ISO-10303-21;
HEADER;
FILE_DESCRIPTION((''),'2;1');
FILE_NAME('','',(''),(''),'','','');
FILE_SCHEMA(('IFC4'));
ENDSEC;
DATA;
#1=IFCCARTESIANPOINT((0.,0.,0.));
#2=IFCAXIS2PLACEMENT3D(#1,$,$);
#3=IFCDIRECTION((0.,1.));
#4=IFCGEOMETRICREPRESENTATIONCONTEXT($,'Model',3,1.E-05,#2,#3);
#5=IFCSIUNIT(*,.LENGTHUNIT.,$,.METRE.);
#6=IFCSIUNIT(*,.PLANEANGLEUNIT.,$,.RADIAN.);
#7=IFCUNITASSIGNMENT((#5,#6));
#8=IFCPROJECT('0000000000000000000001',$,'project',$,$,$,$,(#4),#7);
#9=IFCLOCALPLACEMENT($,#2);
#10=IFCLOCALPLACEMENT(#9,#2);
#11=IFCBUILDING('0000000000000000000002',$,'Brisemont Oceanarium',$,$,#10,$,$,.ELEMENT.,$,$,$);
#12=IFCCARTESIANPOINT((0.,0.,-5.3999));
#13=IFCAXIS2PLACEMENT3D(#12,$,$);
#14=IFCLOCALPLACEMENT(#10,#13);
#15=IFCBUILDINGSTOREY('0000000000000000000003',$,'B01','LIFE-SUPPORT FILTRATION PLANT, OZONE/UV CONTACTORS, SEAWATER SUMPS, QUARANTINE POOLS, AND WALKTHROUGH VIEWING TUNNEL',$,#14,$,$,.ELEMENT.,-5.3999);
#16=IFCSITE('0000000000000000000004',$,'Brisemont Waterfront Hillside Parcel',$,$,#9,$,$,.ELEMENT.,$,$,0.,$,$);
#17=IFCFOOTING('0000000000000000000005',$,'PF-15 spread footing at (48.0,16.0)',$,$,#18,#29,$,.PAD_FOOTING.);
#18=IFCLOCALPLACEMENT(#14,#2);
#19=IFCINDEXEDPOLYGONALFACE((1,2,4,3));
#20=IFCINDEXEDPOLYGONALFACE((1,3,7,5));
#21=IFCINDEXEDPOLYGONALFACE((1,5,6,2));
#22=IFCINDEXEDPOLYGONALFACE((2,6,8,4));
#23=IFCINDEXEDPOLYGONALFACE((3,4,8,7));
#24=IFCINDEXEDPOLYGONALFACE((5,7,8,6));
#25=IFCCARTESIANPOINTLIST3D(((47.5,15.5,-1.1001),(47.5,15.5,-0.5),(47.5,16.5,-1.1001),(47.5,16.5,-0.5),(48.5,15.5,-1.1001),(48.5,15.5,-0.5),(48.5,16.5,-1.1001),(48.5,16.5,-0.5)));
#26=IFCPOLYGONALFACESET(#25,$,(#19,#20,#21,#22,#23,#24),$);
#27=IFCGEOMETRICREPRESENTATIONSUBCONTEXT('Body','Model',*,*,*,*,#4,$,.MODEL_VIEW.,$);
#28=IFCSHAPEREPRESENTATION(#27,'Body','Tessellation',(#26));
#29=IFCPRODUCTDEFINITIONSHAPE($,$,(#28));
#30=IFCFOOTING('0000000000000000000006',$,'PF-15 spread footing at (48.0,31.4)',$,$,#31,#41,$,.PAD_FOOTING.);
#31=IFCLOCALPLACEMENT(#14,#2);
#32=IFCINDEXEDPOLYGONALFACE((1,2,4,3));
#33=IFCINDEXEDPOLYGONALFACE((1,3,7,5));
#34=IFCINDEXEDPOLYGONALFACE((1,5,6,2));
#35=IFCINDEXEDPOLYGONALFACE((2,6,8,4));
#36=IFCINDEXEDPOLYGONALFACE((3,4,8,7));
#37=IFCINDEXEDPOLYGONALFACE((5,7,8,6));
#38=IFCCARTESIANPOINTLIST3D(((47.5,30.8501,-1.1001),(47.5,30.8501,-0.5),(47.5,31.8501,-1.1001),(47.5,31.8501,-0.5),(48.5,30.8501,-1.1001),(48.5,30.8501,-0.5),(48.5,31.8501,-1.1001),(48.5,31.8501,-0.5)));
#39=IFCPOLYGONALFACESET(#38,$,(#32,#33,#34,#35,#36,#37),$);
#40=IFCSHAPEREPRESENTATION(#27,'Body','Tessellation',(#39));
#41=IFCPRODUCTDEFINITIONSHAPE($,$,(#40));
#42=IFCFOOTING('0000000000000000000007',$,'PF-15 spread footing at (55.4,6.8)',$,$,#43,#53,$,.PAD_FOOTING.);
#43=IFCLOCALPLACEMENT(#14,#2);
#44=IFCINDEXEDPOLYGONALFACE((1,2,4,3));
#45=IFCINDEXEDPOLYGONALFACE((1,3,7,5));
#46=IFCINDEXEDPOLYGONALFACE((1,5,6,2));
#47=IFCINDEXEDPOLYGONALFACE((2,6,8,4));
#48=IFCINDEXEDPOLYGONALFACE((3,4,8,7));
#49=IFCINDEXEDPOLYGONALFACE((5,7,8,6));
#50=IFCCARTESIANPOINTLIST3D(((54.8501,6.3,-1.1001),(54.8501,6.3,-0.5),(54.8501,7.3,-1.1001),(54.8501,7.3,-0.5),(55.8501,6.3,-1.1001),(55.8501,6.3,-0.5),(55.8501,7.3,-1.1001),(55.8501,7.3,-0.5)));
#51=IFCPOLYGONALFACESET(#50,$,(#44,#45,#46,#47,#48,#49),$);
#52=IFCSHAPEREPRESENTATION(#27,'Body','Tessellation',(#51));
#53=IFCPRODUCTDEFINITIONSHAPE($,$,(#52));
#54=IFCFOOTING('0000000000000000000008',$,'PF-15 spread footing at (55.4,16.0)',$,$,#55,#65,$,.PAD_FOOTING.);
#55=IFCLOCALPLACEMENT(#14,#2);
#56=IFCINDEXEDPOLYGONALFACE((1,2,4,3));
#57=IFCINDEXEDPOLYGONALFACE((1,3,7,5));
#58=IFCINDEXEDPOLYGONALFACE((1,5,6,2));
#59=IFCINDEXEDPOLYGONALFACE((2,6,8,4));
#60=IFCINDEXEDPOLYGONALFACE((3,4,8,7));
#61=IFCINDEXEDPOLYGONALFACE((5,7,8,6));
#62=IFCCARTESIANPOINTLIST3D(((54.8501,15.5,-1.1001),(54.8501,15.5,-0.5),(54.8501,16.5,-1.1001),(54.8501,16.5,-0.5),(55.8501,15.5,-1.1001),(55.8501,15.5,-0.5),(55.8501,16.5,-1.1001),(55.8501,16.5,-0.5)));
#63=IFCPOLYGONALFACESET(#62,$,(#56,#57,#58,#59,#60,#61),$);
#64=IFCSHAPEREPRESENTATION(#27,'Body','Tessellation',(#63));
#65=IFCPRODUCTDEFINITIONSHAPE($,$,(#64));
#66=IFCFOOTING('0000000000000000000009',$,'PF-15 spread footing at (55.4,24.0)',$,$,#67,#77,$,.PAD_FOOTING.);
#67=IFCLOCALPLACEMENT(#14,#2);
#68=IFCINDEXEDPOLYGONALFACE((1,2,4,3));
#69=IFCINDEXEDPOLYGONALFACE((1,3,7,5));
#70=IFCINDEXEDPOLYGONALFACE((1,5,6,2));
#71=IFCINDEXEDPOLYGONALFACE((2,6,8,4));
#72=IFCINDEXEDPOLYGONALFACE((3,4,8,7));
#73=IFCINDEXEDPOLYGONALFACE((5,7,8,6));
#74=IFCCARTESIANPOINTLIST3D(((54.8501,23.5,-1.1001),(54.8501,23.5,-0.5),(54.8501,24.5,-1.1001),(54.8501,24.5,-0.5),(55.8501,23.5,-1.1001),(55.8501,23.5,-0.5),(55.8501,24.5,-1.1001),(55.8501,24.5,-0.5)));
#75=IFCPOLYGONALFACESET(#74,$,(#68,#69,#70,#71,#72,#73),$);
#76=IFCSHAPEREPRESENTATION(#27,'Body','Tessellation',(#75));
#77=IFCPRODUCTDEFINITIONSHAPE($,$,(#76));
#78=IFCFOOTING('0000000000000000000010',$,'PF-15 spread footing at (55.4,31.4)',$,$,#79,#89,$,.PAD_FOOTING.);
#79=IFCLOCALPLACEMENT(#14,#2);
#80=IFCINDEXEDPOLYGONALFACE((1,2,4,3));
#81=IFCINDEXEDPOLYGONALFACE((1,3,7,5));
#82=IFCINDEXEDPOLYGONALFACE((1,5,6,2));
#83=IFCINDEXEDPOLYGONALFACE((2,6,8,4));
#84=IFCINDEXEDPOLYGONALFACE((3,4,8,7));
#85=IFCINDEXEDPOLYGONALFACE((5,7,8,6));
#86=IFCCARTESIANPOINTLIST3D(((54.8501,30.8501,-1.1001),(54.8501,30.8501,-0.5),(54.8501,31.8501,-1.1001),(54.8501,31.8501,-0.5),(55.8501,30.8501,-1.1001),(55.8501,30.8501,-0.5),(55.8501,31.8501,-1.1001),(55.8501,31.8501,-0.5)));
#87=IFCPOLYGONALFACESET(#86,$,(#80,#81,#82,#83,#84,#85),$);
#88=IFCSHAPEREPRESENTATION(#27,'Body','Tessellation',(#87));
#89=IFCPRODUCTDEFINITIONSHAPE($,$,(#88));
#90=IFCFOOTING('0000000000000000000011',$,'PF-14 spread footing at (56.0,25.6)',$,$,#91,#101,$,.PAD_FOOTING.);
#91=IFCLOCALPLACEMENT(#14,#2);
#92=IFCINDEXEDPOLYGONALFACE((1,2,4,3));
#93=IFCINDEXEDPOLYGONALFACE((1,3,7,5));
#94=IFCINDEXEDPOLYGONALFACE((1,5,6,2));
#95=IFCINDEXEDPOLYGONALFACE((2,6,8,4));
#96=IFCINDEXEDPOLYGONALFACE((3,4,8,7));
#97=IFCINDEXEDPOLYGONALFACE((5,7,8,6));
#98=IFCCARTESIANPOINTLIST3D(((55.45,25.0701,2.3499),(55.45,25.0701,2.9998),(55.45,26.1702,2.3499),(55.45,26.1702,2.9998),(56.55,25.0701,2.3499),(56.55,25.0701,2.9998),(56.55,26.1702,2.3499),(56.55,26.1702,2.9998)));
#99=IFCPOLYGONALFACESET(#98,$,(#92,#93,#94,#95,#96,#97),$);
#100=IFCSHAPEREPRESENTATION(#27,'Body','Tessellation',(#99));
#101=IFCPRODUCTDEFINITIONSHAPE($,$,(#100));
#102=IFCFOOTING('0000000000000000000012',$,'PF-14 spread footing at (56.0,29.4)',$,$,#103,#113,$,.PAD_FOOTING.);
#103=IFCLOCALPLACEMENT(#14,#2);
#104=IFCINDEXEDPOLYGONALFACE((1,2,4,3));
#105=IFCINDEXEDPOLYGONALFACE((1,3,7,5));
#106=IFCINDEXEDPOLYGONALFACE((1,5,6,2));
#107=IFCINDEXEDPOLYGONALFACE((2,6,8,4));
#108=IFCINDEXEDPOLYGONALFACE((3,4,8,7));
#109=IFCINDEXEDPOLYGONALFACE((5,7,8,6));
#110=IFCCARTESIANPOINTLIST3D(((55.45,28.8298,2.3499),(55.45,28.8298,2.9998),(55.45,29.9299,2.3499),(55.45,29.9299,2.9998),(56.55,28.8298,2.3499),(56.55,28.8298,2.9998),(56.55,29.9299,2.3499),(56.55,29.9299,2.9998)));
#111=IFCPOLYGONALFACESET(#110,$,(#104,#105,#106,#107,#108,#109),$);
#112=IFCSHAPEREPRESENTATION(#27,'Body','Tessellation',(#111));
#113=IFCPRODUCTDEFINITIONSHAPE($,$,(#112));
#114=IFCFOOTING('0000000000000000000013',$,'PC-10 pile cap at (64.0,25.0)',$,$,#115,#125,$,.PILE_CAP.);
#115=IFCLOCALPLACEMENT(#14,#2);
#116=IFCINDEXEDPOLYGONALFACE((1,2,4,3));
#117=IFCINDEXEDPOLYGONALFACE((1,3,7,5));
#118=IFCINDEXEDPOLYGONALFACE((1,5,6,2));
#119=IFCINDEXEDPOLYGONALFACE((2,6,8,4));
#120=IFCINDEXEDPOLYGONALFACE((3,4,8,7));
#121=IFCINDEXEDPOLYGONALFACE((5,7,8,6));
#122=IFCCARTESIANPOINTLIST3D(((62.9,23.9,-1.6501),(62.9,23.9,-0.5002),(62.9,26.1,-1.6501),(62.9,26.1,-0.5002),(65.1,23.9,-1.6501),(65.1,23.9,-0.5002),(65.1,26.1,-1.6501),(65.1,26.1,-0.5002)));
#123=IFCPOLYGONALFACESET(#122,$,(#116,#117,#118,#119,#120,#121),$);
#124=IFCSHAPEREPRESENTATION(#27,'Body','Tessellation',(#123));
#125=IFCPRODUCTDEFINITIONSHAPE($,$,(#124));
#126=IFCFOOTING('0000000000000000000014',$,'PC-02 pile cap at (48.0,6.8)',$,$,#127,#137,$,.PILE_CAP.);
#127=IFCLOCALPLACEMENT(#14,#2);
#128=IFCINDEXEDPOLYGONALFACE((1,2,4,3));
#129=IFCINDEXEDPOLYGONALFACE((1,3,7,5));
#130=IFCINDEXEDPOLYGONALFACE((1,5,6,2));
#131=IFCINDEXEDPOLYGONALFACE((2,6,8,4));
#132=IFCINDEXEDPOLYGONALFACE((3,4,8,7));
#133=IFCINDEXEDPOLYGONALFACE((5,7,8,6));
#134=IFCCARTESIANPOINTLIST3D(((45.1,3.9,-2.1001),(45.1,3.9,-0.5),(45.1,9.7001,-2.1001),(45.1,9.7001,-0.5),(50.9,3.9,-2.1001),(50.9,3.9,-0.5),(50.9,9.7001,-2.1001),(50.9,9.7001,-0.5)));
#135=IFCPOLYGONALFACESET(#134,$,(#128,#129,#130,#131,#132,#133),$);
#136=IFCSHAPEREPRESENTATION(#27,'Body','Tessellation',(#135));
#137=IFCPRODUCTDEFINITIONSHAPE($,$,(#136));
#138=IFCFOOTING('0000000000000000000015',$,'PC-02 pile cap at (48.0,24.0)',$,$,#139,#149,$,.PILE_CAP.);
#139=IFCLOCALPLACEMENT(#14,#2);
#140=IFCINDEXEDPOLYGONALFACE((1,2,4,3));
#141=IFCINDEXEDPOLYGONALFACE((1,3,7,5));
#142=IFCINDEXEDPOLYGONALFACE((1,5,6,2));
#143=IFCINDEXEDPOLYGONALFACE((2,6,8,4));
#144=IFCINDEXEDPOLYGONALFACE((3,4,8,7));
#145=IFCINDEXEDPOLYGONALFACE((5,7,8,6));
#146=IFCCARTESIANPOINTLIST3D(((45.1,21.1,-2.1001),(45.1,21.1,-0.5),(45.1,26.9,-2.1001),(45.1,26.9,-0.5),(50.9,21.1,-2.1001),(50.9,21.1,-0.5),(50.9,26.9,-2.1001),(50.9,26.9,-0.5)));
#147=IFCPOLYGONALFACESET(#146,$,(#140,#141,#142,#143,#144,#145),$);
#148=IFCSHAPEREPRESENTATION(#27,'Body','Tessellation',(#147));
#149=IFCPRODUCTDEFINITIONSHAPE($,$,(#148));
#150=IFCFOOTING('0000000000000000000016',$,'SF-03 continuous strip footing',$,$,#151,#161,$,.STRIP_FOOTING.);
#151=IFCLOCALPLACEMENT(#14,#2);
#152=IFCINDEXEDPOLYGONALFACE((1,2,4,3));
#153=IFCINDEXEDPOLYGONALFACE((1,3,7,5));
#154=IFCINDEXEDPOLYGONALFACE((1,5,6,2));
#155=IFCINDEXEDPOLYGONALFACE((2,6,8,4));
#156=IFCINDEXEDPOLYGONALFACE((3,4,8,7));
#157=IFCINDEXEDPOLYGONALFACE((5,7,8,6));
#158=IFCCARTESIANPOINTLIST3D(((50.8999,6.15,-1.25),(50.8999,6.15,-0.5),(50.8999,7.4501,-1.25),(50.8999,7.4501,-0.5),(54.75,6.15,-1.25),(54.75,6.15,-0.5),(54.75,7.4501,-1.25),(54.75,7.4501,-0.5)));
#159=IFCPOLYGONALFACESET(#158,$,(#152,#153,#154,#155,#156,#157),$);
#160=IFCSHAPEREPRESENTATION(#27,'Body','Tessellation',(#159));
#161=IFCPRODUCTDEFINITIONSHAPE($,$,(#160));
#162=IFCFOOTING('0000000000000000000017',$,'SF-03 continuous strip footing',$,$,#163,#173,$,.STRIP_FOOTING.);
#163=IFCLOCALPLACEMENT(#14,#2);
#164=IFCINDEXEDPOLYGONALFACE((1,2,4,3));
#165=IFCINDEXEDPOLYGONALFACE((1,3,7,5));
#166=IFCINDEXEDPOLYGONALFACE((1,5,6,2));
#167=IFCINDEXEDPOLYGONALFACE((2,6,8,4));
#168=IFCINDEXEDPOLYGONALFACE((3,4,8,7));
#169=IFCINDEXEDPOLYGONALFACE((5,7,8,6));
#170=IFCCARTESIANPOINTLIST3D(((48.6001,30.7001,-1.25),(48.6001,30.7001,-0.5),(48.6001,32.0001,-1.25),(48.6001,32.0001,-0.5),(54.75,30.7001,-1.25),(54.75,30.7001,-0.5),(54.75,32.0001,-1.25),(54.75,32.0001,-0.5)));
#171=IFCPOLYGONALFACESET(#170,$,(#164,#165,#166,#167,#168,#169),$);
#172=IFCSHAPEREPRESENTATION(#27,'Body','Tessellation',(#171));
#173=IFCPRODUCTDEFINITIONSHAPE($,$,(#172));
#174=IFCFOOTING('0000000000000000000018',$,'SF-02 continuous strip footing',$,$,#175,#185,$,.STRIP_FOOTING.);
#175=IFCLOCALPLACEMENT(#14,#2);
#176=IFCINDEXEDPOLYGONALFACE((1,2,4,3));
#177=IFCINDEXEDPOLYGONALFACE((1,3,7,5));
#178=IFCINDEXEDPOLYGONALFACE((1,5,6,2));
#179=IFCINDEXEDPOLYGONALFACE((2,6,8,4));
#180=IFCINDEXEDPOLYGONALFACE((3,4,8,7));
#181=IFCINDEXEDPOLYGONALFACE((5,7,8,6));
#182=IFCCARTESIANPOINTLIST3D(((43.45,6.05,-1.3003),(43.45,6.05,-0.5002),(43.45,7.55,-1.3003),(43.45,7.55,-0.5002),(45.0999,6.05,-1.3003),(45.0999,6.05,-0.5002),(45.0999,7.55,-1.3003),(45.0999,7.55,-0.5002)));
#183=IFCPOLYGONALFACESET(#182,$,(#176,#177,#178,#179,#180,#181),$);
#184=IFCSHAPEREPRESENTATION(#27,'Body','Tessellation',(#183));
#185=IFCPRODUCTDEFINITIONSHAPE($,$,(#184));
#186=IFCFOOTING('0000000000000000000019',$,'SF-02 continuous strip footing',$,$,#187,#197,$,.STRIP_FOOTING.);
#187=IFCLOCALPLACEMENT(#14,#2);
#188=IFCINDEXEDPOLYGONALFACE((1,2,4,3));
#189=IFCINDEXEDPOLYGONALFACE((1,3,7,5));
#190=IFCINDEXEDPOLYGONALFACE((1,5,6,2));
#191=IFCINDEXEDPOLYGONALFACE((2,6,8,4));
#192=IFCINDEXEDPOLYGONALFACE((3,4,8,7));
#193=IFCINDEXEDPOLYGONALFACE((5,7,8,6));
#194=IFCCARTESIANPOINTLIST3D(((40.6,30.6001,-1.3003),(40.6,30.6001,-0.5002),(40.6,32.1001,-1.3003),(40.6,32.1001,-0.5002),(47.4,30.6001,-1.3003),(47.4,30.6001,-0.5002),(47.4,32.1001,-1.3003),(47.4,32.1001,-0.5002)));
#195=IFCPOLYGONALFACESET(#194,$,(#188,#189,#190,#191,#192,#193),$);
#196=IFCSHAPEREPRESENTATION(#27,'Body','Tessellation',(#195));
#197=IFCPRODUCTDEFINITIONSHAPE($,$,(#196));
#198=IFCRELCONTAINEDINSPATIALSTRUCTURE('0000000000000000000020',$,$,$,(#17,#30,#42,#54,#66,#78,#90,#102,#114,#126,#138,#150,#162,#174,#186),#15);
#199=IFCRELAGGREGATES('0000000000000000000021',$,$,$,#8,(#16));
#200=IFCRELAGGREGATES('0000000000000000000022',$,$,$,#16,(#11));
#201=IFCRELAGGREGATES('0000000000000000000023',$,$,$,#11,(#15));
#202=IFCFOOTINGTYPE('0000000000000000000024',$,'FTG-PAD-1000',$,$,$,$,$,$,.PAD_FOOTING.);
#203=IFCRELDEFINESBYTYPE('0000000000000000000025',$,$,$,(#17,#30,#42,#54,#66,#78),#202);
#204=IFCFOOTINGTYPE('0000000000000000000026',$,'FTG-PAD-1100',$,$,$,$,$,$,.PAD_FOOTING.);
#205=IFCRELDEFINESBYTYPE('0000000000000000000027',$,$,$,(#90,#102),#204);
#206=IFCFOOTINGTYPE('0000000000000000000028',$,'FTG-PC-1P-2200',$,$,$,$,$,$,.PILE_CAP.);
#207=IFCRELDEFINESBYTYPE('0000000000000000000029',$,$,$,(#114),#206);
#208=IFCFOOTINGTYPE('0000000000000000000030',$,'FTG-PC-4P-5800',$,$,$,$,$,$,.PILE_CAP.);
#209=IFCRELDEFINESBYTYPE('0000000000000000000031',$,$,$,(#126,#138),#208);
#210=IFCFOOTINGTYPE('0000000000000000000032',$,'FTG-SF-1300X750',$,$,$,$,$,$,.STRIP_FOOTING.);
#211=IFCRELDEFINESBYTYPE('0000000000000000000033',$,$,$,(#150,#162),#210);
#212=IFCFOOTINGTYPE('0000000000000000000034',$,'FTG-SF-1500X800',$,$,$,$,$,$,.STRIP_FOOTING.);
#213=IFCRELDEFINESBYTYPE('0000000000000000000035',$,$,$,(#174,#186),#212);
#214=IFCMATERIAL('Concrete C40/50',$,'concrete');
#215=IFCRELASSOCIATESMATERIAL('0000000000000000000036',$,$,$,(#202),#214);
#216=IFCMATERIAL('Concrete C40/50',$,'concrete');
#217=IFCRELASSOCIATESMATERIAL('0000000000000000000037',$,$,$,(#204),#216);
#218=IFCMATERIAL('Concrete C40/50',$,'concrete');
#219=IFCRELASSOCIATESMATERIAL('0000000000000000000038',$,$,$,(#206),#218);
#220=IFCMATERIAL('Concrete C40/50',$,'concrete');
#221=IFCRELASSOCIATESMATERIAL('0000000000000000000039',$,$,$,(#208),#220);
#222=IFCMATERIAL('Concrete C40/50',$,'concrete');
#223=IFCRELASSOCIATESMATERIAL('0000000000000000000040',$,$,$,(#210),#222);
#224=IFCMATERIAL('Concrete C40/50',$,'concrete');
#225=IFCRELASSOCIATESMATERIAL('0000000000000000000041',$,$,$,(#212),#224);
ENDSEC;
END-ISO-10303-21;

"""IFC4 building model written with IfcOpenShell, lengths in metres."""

from ifc_helpers import new_model, si_unit, direction, frame, origin, origin_2d, place, context, subcontext, project, spatial, rectangle, extrude, material, type_object, element, save


model = new_model("IFC4")

# Units and contexts
model_context = context("Model", 3, precision=1e-05, world=origin(), true_north=direction((0.0, 1.0)))
body_context = subcontext(model_context, "Body", "Model", "MODEL_VIEW")
ifc_project = project(units=[si_unit("LENGTHUNIT", "METRE"), si_unit("PLANEANGLEUNIT", "RADIAN")], contexts=[model_context])

# Site, building, storey
site_placement = place(None, origin())
site = spatial("IfcSite", under=ifc_project, at=site_placement, Name="Brisemont Waterfront Hillside Parcel", CompositionType="ELEMENT", RefElevation=0.0)
building_placement = place(site_placement, origin())
building = spatial("IfcBuilding", under=site, at=building_placement, Name="Brisemont Oceanarium", CompositionType="ELEMENT")
storey_placement = place(building_placement, frame((0.0, 0.0, -5.3999)))
storey = spatial("IfcBuildingStorey", under=building, at=storey_placement, Name="B01", Description="LIFE-SUPPORT FILTRATION PLANT, OZONE/UV CONTACTORS, SEAWATER SUMPS, QUARANTINE POOLS, AND WALKTHROUGH VIEWING TUNNEL", CompositionType="ELEMENT", Elevation=-5.3999)

# Footings
ifc_material_1 = material(Name="Concrete C40/50", Category="concrete")
footing_type_1 = type_object("IfcFootingType", Name="FTG-PAD-1000", PredefinedType="PAD_FOOTING", material=ifc_material_1)
for number, where, z_axis, x_axis, name in (
    (1, (48.0, 16.0, -1.1001), (0.0, 0.0, 1.0), (1.0, 0.0, 0.0), "PF-15 spread footing at (48.0,16.0)"),
    (2, (48.0, 31.3501, -1.1001), (0.0, 0.0, 1.0), (1.0, 0.0, 0.0), "PF-15 spread footing at (48.0,31.4)"),
    (3, (55.3501, 6.8, -1.1001), (0.0, 0.0, 1.0), (1.0, 0.0, 0.0), "PF-15 spread footing at (55.4,6.8)"),
    (4, (55.3501, 16.0, -1.1001), (0.0, 0.0, 1.0), (1.0, 0.0, 0.0), "PF-15 spread footing at (55.4,16.0)"),
    (5, (55.3501, 24.0, -1.1001), (0.0, 0.0, 1.0), (1.0, 0.0, 0.0), "PF-15 spread footing at (55.4,24.0)"),
    (6, (55.3501, 31.3501, -1.1001), (0.0, 0.0, 1.0), (1.0, 0.0, 0.0), "PF-15 spread footing at (55.4,31.4)"),
):
    element("IfcFooting", number, at=place(storey_placement, frame(where, z_axis=z_axis, x_axis=x_axis)), inside=storey, type_object=footing_type_1, Name=name, PredefinedType="PAD_FOOTING", context=body_context, shape_type="SweptSolid", body=[
        extrude(rectangle(XDim=1.0, YDim=1.0, at=origin_2d()), origin(), (0.0, 0.0, 1.0), 0.6001),
    ])
ifc_material_2 = material(Name="Concrete C40/50", Category="concrete")
footing_type_2 = type_object("IfcFootingType", Name="FTG-PAD-1100", PredefinedType="PAD_FOOTING", material=ifc_material_2)
for number, where, z_axis, x_axis, name in (
    (7, (56.0, 25.6201, 2.3499), (0.0, 0.0, 1.0), (1.0, 0.0, 0.0), "PF-14 spread footing at (56.0,25.6)"),
    (8, (56.0, 29.3799, 2.3499), (0.0, 0.0, 1.0), (1.0, 0.0, 0.0), "PF-14 spread footing at (56.0,29.4)"),
):
    element("IfcFooting", number, at=place(storey_placement, frame(where, z_axis=z_axis, x_axis=x_axis)), inside=storey, type_object=footing_type_2, Name=name, PredefinedType="PAD_FOOTING", context=body_context, shape_type="SweptSolid", body=[
        extrude(rectangle(XDim=1.1001, YDim=1.1001, at=origin_2d()), origin(), (0.0, 0.0, 1.0), 0.6499),
    ])
ifc_material_3 = material(Name="Concrete C40/50", Category="concrete")
footing_type_3 = type_object("IfcFootingType", Name="FTG-PC-1P-2200", PredefinedType="PILE_CAP", material=ifc_material_3)
footing_1_placement = place(storey_placement, frame((64.0, 25.0, -1.6501), z_axis=(0.0, 0.0, 1.0), x_axis=(1.0, 0.0, 0.0)))
element("IfcFooting", 9, at=footing_1_placement, inside=storey, type_object=footing_type_3, Name="PC-10 pile cap at (64.0,25.0)", PredefinedType="PILE_CAP", context=body_context, shape_type="SweptSolid", body=[
    extrude(rectangle(XDim=2.2, YDim=2.2, at=origin_2d()), origin(), (0.0, 0.0, 1.0), 1.1499),
])
ifc_material_4 = material(Name="Concrete C40/50", Category="concrete")
footing_type_4 = type_object("IfcFootingType", Name="FTG-PC-4P-5800", PredefinedType="PILE_CAP", material=ifc_material_4)
for number, where, z_axis, x_axis, name in (
    (10, (48.0, 6.8, -2.1001), (0.0, 0.0, 1.0), (1.0, 0.0, 0.0), "PC-02 pile cap at (48.0,6.8)"),
    (11, (48.0, 24.0, -2.1001), (0.0, 0.0, 1.0), (1.0, 0.0, 0.0), "PC-02 pile cap at (48.0,24.0)"),
):
    element("IfcFooting", number, at=place(storey_placement, frame(where, z_axis=z_axis, x_axis=x_axis)), inside=storey, type_object=footing_type_4, Name=name, PredefinedType="PILE_CAP", context=body_context, shape_type="SweptSolid", body=[
        extrude(rectangle(XDim=5.8, YDim=5.8, at=origin_2d()), origin(), (0.0, 0.0, 1.0), 1.6001),
    ])
ifc_material_5 = material(Name="Concrete C40/50", Category="concrete")
footing_type_5 = type_object("IfcFootingType", Name="FTG-SF-1300X750", PredefinedType="STRIP_FOOTING", material=ifc_material_5)
footing_2_placement = place(storey_placement, frame((52.825, 6.8, -1.25), z_axis=(0.0, 0.0, 1.0), x_axis=(1.0, 0.0, 0.0)))
element("IfcFooting", 12, at=footing_2_placement, inside=storey, type_object=footing_type_5, Name="SF-03 continuous strip footing", PredefinedType="STRIP_FOOTING", context=body_context, shape_type="SweptSolid", body=[
    extrude(rectangle(XDim=3.8501, YDim=1.3, at=origin_2d()), origin(), (0.0, 0.0, 1.0), 0.75),
])
footing_3_placement = place(storey_placement, frame((51.675, 31.3501, -1.25), z_axis=(0.0, 0.0, 1.0), x_axis=(1.0, 0.0, 0.0)))
element("IfcFooting", 13, at=footing_3_placement, inside=storey, type_object=footing_type_5, Name="SF-03 continuous strip footing", PredefinedType="STRIP_FOOTING", context=body_context, shape_type="SweptSolid", body=[
    extrude(rectangle(XDim=6.1499, YDim=1.3, at=origin_2d()), origin(), (0.0, 0.0, 1.0), 0.75),
])
ifc_material_6 = material(Name="Concrete C40/50", Category="concrete")
footing_type_6 = type_object("IfcFootingType", Name="FTG-SF-1500X800", PredefinedType="STRIP_FOOTING", material=ifc_material_6)
footing_4_placement = place(storey_placement, frame((44.2749, 6.8, -1.3003), z_axis=(0.0, 0.0, 1.0), x_axis=(1.0, 0.0, 0.0)))
element("IfcFooting", 14, at=footing_4_placement, inside=storey, type_object=footing_type_6, Name="SF-02 continuous strip footing", PredefinedType="STRIP_FOOTING", context=body_context, shape_type="SweptSolid", body=[
    extrude(rectangle(XDim=1.6499, YDim=1.5, at=origin_2d()), origin(), (0.0, 0.0, 1.0), 0.8),
])
footing_5_placement = place(storey_placement, frame((44.0, 31.3501, -1.3003), z_axis=(0.0, 0.0, 1.0), x_axis=(1.0, 0.0, 0.0)))
element("IfcFooting", 15, at=footing_5_placement, inside=storey, type_object=footing_type_6, Name="SF-02 continuous strip footing", PredefinedType="STRIP_FOOTING", context=body_context, shape_type="SweptSolid", body=[
    extrude(rectangle(XDim=6.8, YDim=1.5, at=origin_2d()), origin(), (0.0, 0.0, 1.0), 0.8),
])

save(model, "model.ifc")
